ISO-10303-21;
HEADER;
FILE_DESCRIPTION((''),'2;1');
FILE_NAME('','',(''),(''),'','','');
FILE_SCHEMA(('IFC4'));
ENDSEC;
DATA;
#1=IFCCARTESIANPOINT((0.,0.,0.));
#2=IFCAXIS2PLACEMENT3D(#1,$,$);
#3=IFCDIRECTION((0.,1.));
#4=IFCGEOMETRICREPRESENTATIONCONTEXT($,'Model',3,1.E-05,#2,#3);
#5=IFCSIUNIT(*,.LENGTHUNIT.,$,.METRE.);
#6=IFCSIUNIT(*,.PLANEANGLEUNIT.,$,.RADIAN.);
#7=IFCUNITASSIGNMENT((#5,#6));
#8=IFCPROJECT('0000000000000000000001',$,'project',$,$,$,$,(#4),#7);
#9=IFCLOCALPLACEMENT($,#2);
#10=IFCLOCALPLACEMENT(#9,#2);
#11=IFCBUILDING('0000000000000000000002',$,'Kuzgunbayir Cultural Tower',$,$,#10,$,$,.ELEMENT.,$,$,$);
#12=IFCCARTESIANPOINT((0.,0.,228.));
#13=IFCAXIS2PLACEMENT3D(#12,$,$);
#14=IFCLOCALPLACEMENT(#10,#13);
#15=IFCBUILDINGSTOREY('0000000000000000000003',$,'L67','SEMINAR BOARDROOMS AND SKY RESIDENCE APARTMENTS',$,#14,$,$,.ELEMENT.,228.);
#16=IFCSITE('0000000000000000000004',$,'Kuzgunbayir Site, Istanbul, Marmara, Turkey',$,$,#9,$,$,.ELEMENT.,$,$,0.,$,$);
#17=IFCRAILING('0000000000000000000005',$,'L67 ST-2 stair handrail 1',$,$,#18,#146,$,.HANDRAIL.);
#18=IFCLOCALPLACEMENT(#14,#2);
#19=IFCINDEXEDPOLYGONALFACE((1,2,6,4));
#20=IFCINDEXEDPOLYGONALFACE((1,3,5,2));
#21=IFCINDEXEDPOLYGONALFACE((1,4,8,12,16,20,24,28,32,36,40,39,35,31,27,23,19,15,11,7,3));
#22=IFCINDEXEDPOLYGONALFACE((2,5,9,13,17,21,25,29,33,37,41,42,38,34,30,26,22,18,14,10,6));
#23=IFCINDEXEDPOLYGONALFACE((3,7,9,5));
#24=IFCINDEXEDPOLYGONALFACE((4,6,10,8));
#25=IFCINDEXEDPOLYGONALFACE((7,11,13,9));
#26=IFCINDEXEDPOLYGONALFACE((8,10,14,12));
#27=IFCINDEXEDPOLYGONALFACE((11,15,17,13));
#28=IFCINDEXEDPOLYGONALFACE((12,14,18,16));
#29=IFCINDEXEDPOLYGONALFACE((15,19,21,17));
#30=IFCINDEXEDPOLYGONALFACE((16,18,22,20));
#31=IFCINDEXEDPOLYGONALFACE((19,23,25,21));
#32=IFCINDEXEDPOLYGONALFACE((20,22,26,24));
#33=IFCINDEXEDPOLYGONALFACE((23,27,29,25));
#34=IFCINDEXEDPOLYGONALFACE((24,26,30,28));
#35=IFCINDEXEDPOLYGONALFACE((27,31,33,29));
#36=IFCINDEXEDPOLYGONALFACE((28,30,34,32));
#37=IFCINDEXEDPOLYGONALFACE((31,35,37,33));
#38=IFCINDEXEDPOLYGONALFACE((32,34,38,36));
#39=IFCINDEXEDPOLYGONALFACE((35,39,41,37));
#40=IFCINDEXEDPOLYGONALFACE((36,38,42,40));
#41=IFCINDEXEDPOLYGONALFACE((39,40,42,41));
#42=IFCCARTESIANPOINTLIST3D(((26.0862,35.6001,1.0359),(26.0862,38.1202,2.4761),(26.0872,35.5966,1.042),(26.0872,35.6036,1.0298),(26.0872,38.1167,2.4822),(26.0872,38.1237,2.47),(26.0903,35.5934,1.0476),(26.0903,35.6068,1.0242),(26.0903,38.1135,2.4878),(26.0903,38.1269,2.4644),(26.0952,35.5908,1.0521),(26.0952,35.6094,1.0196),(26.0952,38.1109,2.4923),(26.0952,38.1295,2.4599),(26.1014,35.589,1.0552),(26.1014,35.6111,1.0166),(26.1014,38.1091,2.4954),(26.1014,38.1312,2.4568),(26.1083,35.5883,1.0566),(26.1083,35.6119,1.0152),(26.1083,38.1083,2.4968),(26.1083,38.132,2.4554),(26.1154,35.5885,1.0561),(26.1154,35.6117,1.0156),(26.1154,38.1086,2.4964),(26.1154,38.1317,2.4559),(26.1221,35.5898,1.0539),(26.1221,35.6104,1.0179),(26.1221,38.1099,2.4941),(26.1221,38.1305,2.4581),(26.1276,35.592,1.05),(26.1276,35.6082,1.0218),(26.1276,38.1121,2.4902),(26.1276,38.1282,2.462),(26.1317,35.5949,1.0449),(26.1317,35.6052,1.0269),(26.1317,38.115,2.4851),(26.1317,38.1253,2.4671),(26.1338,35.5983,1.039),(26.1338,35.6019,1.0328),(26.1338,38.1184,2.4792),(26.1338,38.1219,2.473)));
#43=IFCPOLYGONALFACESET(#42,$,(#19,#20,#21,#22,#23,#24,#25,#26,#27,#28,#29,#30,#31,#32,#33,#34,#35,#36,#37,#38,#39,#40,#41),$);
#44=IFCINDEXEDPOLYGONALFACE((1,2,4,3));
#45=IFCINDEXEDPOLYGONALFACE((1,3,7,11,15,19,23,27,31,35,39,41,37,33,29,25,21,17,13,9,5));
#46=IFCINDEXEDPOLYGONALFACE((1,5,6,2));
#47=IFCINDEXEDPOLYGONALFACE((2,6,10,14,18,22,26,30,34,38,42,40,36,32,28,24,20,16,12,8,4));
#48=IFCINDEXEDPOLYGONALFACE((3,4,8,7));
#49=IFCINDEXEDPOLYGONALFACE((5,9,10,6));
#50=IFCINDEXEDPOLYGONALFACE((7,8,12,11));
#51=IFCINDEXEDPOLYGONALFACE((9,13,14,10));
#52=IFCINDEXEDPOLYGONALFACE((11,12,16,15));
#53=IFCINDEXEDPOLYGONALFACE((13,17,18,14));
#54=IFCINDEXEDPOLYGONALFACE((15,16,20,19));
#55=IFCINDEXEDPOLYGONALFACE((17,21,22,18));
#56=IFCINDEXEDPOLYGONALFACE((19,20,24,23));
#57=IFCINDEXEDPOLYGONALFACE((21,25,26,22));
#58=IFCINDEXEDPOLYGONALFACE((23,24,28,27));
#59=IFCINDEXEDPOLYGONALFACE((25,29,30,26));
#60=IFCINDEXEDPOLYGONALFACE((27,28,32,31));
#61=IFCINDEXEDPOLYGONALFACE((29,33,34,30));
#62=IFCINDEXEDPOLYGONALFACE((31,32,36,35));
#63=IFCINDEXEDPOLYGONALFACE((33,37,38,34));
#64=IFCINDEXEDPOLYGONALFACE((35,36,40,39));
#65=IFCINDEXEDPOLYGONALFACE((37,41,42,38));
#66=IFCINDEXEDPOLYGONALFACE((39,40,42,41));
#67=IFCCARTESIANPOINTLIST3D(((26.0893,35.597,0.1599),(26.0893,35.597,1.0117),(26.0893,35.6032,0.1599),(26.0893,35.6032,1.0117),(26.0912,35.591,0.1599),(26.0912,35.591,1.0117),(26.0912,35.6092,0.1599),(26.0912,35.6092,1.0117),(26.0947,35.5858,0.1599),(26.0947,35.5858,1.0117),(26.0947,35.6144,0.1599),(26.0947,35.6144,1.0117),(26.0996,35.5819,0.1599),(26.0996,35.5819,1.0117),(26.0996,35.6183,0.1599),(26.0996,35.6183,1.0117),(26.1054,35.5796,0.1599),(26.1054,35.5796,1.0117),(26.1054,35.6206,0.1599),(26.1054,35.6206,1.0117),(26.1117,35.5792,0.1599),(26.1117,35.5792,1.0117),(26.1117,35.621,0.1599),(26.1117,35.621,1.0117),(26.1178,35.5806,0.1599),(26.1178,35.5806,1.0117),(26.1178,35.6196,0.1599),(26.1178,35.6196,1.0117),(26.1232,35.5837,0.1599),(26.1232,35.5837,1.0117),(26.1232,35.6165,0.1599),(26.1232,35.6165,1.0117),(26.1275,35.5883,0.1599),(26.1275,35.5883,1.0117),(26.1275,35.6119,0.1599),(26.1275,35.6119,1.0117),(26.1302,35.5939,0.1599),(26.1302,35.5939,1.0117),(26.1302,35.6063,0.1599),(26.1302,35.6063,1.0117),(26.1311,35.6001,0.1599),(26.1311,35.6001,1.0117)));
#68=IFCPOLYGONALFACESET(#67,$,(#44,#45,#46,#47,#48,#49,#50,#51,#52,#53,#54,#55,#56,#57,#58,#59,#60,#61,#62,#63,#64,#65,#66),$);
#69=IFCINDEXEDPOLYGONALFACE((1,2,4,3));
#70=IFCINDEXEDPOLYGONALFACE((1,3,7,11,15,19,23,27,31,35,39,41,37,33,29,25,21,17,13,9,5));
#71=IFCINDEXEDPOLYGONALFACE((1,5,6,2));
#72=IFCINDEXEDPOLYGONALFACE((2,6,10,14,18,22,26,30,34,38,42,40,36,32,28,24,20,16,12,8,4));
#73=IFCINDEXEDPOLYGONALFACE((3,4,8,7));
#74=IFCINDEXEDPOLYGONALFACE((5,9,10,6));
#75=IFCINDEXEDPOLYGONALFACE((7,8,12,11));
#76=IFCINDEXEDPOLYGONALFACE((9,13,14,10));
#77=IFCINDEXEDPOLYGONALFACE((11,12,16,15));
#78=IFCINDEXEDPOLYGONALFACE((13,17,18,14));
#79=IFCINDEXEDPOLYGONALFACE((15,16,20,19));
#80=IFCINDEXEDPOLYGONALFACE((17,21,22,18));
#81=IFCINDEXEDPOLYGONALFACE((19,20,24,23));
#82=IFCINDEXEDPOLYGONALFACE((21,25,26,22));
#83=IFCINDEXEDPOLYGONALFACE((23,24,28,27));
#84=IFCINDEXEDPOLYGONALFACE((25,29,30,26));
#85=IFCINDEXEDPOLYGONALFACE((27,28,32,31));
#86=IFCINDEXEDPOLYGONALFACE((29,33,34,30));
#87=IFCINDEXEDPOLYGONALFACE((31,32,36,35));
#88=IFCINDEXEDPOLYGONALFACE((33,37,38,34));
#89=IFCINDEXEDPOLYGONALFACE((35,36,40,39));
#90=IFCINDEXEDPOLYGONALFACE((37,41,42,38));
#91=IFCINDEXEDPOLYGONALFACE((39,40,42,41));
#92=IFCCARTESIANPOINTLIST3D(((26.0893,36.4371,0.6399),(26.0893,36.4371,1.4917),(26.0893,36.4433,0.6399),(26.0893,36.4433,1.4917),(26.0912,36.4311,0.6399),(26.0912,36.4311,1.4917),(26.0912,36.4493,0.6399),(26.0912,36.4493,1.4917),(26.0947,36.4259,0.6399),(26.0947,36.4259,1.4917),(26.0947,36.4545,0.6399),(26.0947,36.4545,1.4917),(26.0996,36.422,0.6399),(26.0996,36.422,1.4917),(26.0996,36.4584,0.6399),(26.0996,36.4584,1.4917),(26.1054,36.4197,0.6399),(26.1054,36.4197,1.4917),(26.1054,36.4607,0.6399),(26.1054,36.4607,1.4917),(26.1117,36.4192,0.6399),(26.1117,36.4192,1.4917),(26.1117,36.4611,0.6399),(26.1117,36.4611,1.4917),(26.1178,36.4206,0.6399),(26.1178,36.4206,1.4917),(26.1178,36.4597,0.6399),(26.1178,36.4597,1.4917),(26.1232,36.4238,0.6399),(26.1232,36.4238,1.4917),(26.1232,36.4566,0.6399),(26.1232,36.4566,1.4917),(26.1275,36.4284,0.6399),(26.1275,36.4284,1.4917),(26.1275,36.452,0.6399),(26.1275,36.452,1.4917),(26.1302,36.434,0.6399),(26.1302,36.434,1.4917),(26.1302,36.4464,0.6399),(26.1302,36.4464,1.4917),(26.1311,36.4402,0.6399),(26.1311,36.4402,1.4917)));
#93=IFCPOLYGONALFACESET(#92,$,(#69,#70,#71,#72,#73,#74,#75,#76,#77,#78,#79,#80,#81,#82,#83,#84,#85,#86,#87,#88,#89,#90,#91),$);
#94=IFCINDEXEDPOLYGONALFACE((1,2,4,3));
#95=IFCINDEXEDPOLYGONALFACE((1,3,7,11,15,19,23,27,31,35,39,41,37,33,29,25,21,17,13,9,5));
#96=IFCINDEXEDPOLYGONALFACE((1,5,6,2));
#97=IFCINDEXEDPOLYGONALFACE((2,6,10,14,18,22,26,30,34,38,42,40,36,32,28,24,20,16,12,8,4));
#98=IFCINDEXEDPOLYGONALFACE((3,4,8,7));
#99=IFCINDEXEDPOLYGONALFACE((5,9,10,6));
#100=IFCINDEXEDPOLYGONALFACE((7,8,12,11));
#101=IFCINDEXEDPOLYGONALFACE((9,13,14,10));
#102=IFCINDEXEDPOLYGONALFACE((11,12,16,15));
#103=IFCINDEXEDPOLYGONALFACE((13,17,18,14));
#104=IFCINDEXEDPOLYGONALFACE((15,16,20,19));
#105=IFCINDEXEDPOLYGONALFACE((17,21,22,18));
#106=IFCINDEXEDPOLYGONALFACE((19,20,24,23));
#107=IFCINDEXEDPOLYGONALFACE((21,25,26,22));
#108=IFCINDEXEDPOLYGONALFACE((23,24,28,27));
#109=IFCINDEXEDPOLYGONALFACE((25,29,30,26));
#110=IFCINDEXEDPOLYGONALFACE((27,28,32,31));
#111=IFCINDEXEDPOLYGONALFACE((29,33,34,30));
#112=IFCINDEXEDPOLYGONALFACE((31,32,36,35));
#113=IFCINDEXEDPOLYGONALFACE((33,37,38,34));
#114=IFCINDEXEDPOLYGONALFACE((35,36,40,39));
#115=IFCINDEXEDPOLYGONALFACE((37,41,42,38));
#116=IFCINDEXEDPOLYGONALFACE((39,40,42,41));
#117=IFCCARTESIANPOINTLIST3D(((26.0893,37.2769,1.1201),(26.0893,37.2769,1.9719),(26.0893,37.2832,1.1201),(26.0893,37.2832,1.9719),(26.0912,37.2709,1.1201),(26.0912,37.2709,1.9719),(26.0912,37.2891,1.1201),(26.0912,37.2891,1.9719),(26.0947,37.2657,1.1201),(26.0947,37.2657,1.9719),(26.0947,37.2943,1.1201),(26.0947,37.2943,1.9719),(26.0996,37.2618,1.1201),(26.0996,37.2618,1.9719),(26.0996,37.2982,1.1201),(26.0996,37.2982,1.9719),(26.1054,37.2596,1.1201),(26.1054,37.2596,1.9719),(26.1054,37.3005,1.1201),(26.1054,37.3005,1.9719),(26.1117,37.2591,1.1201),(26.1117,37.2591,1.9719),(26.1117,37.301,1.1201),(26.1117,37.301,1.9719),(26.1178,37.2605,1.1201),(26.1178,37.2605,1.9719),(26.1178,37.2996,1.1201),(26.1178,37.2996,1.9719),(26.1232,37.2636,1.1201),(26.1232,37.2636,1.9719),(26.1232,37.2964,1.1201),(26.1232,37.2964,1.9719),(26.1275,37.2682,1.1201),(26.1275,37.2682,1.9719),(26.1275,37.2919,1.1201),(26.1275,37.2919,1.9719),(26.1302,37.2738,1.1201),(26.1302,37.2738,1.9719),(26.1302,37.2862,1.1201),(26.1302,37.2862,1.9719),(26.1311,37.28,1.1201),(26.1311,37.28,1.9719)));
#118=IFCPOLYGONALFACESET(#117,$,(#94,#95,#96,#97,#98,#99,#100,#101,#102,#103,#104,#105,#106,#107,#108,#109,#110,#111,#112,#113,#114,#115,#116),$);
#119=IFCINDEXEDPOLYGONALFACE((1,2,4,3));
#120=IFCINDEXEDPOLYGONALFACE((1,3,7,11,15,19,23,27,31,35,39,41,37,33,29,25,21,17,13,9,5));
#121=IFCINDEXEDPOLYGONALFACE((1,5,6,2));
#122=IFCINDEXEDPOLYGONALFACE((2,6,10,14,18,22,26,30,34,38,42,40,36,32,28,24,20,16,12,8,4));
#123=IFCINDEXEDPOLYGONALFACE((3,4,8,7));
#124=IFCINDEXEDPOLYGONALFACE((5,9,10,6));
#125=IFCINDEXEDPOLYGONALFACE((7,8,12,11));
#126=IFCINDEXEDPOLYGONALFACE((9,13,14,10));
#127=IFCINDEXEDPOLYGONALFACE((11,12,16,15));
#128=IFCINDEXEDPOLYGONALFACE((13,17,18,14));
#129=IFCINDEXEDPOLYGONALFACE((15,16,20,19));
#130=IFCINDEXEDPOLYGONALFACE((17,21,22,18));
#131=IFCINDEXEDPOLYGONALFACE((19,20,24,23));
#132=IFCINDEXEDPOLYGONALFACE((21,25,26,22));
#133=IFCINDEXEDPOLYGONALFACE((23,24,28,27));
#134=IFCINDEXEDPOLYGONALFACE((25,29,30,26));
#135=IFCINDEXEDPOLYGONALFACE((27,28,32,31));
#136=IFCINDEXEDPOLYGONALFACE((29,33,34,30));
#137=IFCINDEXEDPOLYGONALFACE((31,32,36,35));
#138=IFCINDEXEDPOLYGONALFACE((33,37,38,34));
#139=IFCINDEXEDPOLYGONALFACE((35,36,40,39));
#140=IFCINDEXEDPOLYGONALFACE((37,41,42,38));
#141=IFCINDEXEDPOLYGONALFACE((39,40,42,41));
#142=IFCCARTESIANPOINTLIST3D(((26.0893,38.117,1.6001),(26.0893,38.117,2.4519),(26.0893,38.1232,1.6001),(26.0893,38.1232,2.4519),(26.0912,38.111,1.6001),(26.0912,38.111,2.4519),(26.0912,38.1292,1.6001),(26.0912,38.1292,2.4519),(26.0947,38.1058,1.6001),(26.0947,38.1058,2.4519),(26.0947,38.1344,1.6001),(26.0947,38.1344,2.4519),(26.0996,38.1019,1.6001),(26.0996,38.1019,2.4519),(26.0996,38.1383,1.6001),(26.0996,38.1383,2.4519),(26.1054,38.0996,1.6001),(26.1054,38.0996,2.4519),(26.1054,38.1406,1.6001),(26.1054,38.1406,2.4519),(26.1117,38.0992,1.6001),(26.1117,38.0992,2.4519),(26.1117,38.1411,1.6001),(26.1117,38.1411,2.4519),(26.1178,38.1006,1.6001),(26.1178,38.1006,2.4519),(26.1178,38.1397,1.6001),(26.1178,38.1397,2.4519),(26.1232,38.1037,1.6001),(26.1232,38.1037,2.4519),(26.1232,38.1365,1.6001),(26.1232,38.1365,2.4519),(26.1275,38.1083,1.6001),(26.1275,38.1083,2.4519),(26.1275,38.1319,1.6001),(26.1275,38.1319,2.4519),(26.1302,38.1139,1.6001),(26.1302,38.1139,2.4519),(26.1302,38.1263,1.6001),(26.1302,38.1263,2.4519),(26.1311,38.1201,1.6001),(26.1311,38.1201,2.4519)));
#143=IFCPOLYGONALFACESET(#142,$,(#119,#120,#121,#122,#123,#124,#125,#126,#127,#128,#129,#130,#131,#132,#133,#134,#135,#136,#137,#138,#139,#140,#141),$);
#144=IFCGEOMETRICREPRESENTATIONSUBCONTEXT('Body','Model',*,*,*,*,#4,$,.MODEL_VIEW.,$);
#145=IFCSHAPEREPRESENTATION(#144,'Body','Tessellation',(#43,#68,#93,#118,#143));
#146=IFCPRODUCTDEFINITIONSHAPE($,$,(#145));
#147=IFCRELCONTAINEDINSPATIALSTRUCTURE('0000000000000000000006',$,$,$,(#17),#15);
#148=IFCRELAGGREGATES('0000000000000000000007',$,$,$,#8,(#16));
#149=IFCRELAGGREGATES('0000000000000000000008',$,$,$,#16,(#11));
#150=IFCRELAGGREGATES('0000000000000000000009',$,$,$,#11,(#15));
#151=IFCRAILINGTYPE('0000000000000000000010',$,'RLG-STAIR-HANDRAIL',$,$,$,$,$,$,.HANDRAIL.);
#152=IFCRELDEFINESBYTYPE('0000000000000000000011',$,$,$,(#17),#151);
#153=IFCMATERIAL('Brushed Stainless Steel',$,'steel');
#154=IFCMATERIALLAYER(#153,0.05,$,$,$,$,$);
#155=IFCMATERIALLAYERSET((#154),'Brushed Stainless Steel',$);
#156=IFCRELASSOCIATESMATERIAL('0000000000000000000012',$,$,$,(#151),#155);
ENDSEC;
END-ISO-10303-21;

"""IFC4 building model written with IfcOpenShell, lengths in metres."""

from ifc_helpers import new_model, si_unit, direction, frame, origin, origin_2d, place, context, subcontext, project, spatial, circle, extrude, material, layer, layer_set, type_object, element, save


model = new_model("IFC4")

# Units and contexts
model_context = context("Model", 3, precision=1e-05, world=origin(), true_north=direction((0.0, 1.0)))
body_context = subcontext(model_context, "Body", "Model", "MODEL_VIEW")
ifc_project = project(units=[si_unit("LENGTHUNIT", "METRE"), si_unit("PLANEANGLEUNIT", "RADIAN")], contexts=[model_context])

# Site, building, storey
site_placement = place(None, origin())
site = spatial("IfcSite", under=ifc_project, at=site_placement, Name="Kuzgunbayir Site, Istanbul, Marmara, Turkey", CompositionType="ELEMENT", RefElevation=0.0)
building_placement = place(site_placement, origin())
building = spatial("IfcBuilding", under=site, at=building_placement, Name="Kuzgunbayir Cultural Tower", CompositionType="ELEMENT")
storey_placement = place(building_placement, frame((0.0, 0.0, 228.0)))
storey = spatial("IfcBuildingStorey", under=building, at=storey_placement, Name="L67", Description="SEMINAR BOARDROOMS AND SKY RESIDENCE APARTMENTS", CompositionType="ELEMENT", Elevation=228.0)

# Shared definitions
ifc_material_1 = material(Name="Brushed Stainless Steel", Category="steel")

# Railing
ifc_layer_1 = layer(ifc_material_1, 0.05)
ifc_layer_set_1 = layer_set([ifc_layer_1], Name="Brushed Stainless Steel")
railing_type_1 = type_object("IfcRailingType", Name="RLG-STAIR-HANDRAIL", PredefinedType="HANDRAIL", material=ifc_layer_set_1)
railing_1_placement = place(storey_placement, frame((26.1101, 35.6001, 0.1599)))
element("IfcRailing", 1, at=railing_1_placement, inside=storey, type_object=railing_type_1, Name="L67 ST-2 stair handrail 1", PredefinedType="HANDRAIL", context=body_context, shape_type="SweptSolid", body=[
    extrude(circle(Radius=0.0239, at=origin_2d()), frame((0.0, 0.0, 0.876), z_axis=(0.0, 0.868217, 0.496184), x_axis=(-1.0, 0.0, 0.0)), (0.0, 0.0, 1.0), 2.9026),
    extrude(circle(Radius=0.021, at=origin_2d()), origin(), (0.0, 0.0, 1.0), 0.8518),
    extrude(circle(Radius=0.021, at=origin_2d()), frame((0.0, 0.8401, 0.48)), (0.0, 0.0, 1.0), 0.8518),
    extrude(circle(Radius=0.021, at=origin_2d()), frame((0.0, 1.6799, 0.9602)), (0.0, 0.0, 1.0), 0.8518),
    extrude(circle(Radius=0.021, at=origin_2d()), frame((0.0, 2.52, 1.4402)), (0.0, 0.0, 1.0), 0.8518),
])

save(model, "model.ifc")
